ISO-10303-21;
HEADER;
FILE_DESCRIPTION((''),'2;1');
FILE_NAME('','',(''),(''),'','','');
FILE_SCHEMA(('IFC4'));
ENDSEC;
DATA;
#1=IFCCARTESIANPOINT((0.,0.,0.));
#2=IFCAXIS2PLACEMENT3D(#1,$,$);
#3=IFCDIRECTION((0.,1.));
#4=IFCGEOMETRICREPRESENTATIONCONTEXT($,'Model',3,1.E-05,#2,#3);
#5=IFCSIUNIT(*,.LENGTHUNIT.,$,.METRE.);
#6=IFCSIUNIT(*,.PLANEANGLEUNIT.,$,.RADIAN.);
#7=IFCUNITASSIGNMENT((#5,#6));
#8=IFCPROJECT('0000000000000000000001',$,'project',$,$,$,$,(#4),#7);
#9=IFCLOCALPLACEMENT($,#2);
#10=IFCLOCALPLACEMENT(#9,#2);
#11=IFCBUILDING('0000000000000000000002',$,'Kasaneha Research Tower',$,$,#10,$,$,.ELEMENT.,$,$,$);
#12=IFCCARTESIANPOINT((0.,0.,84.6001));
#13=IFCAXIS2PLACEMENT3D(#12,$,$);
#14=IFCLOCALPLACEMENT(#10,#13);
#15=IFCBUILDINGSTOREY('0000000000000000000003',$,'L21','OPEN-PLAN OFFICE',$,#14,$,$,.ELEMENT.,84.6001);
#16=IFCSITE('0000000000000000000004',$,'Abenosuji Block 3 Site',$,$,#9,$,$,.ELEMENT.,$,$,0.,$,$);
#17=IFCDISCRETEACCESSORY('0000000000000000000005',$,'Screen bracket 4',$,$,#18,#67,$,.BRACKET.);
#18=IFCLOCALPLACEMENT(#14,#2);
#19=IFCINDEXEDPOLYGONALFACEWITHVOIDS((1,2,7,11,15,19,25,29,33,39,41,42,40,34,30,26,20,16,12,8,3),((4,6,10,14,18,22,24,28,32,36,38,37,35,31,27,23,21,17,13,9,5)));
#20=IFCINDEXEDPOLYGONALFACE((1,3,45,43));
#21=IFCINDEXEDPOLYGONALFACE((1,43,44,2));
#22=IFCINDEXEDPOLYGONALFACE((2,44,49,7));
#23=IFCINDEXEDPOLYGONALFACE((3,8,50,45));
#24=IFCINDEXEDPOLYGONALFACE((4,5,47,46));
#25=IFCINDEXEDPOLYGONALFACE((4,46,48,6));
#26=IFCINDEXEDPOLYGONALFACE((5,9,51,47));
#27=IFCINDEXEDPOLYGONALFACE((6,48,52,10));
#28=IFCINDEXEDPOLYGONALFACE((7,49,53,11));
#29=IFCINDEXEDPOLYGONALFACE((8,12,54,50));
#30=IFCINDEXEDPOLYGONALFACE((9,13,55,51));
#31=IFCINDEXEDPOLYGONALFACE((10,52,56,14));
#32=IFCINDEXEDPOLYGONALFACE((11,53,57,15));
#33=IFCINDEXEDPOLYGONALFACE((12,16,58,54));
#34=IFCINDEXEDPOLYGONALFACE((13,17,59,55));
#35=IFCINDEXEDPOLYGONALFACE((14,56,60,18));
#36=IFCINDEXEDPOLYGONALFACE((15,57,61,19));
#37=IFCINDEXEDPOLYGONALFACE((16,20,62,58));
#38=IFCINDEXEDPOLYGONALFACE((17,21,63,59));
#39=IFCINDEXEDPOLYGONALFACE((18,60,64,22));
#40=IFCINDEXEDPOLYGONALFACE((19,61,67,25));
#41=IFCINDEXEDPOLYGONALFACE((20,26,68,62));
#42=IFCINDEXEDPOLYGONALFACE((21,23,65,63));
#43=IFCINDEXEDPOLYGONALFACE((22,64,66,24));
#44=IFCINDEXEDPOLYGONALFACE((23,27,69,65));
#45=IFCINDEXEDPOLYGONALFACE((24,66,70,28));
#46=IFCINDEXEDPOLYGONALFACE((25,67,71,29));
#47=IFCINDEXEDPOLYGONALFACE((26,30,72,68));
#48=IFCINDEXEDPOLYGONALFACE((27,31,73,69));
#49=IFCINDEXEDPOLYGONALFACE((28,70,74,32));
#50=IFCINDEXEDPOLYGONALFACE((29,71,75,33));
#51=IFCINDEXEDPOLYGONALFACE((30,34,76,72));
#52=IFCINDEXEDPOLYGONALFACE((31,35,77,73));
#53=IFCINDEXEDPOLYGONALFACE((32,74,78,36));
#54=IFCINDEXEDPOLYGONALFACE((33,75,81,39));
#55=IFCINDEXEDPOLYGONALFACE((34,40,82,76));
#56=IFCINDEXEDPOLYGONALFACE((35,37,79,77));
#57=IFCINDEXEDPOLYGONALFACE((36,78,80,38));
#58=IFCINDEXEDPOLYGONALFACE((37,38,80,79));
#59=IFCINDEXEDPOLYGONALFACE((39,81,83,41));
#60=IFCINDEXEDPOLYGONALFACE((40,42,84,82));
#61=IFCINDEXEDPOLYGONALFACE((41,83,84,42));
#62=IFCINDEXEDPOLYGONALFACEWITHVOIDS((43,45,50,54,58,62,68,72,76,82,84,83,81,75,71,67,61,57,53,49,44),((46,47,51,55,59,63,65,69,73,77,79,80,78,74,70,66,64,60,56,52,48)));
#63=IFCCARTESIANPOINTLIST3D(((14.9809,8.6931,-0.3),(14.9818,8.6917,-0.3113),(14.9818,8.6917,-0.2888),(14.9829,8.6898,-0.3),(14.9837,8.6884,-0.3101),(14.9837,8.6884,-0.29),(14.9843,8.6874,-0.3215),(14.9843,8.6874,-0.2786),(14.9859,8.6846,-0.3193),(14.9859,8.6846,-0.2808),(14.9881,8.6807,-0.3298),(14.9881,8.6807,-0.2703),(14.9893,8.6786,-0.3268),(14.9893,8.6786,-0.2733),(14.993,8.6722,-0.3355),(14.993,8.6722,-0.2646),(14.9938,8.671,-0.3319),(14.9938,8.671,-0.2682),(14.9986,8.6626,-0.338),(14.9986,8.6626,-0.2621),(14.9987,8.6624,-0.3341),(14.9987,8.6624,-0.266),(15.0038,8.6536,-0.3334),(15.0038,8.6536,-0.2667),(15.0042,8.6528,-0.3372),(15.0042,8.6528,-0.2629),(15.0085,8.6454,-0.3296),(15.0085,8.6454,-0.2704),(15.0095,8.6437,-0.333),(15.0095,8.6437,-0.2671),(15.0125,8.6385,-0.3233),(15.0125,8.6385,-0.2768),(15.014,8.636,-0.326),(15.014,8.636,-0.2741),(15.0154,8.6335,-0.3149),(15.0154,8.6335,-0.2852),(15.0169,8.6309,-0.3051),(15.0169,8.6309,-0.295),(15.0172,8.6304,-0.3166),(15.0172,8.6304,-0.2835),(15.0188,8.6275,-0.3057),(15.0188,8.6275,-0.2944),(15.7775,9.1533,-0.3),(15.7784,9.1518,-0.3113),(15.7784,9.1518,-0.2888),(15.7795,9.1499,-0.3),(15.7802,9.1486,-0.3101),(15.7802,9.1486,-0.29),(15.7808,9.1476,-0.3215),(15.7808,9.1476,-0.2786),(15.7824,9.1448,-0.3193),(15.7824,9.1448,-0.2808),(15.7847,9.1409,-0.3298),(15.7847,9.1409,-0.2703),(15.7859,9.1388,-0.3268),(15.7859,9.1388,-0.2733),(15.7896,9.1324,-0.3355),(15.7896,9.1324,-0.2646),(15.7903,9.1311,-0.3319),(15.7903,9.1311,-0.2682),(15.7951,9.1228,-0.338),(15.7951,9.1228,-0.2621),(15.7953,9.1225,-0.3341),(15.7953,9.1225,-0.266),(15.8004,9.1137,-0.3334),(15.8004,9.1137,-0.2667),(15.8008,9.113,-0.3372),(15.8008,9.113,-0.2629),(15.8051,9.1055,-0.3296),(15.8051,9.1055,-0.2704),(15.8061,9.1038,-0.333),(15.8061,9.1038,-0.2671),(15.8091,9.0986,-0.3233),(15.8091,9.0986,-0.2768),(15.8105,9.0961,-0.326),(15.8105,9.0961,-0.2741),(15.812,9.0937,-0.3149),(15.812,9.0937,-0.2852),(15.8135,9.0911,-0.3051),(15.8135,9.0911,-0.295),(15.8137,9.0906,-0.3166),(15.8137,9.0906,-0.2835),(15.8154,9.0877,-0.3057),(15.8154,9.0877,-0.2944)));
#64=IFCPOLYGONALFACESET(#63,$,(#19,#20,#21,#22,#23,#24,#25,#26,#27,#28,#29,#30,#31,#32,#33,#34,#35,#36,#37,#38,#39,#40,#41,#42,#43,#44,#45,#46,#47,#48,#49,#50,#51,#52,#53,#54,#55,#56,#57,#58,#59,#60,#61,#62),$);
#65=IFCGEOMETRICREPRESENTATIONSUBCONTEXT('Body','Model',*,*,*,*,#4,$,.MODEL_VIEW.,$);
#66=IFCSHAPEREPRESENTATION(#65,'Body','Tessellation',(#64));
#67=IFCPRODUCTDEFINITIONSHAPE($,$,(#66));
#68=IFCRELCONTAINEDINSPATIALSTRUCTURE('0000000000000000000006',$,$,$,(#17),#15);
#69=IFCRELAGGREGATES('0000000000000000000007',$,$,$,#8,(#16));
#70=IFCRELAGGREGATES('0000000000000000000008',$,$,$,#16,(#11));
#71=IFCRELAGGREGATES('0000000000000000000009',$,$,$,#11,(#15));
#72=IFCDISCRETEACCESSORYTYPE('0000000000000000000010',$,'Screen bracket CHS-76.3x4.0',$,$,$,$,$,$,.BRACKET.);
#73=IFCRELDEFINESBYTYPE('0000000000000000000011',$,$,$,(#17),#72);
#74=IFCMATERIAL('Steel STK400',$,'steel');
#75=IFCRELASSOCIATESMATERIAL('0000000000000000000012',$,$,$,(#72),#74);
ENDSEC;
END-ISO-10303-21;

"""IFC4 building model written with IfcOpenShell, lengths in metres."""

from ifc_helpers import new_model, si_unit, direction, frame, origin, origin_2d, place, context, subcontext, project, spatial, hollow_circle, extrude, material, material_profile, profile_set, type_object, element, save


model = new_model("IFC4")

# Units and contexts
model_context = context("Model", 3, precision=1e-05, world=origin(), true_north=direction((0.0, 1.0)))
body_context = subcontext(model_context, "Body", "Model", "MODEL_VIEW")
ifc_project = project(units=[si_unit("LENGTHUNIT", "METRE"), si_unit("PLANEANGLEUNIT", "RADIAN")], contexts=[model_context])

# Site, building, storey
site_placement = place(None, origin())
site = spatial("IfcSite", under=ifc_project, at=site_placement, Name="Abenosuji Block 3 Site", CompositionType="ELEMENT", RefElevation=0.0)
building_placement = place(site_placement, origin())
building = spatial("IfcBuilding", under=site, at=building_placement, Name="Kasaneha Research Tower", CompositionType="ELEMENT")
storey_placement = place(building_placement, frame((0.0, 0.0, 84.6001)))
storey = spatial("IfcBuildingStorey", under=building, at=storey_placement, Name="L21", Description="OPEN-PLAN OFFICE", CompositionType="ELEMENT", Elevation=84.6001)

# Discrete accessory
ifc_material_1 = material(Name="Steel STK400", Category="steel")
ifc_material_profile_1 = material_profile(ifc_material_1, hollow_circle(Radius=0.0381, WallThickness=0.0039, at=origin_2d()), Name="CHS-76.3x4.0")
ifc_profile_set_1 = profile_set([ifc_material_profile_1], Name="Steel STK400")
discrete_accessory_type = type_object("IfcDiscreteAccessoryType", Name="Screen bracket CHS-76.3x4.0", PredefinedType="BRACKET", material=ifc_profile_set_1)
discrete_accessory_placement = place(storey_placement, frame((15.0, 8.6602, -0.3), z_axis=(0.865898, 0.50022, 0.0), x_axis=(-0.50022, 0.865898, 0.0)))
element("IfcDiscreteAccessory", 1, at=discrete_accessory_placement, inside=storey, type_object=discrete_accessory_type, Name="Screen bracket 4", PredefinedType="BRACKET", context=body_context, shape_type="SweptSolid", body=[
    extrude(hollow_circle(Radius=0.0381, WallThickness=0.0039, at=origin_2d()), origin(), (0.0, 0.0, 1.0), 0.9199),
])

save(model, "model.ifc")
